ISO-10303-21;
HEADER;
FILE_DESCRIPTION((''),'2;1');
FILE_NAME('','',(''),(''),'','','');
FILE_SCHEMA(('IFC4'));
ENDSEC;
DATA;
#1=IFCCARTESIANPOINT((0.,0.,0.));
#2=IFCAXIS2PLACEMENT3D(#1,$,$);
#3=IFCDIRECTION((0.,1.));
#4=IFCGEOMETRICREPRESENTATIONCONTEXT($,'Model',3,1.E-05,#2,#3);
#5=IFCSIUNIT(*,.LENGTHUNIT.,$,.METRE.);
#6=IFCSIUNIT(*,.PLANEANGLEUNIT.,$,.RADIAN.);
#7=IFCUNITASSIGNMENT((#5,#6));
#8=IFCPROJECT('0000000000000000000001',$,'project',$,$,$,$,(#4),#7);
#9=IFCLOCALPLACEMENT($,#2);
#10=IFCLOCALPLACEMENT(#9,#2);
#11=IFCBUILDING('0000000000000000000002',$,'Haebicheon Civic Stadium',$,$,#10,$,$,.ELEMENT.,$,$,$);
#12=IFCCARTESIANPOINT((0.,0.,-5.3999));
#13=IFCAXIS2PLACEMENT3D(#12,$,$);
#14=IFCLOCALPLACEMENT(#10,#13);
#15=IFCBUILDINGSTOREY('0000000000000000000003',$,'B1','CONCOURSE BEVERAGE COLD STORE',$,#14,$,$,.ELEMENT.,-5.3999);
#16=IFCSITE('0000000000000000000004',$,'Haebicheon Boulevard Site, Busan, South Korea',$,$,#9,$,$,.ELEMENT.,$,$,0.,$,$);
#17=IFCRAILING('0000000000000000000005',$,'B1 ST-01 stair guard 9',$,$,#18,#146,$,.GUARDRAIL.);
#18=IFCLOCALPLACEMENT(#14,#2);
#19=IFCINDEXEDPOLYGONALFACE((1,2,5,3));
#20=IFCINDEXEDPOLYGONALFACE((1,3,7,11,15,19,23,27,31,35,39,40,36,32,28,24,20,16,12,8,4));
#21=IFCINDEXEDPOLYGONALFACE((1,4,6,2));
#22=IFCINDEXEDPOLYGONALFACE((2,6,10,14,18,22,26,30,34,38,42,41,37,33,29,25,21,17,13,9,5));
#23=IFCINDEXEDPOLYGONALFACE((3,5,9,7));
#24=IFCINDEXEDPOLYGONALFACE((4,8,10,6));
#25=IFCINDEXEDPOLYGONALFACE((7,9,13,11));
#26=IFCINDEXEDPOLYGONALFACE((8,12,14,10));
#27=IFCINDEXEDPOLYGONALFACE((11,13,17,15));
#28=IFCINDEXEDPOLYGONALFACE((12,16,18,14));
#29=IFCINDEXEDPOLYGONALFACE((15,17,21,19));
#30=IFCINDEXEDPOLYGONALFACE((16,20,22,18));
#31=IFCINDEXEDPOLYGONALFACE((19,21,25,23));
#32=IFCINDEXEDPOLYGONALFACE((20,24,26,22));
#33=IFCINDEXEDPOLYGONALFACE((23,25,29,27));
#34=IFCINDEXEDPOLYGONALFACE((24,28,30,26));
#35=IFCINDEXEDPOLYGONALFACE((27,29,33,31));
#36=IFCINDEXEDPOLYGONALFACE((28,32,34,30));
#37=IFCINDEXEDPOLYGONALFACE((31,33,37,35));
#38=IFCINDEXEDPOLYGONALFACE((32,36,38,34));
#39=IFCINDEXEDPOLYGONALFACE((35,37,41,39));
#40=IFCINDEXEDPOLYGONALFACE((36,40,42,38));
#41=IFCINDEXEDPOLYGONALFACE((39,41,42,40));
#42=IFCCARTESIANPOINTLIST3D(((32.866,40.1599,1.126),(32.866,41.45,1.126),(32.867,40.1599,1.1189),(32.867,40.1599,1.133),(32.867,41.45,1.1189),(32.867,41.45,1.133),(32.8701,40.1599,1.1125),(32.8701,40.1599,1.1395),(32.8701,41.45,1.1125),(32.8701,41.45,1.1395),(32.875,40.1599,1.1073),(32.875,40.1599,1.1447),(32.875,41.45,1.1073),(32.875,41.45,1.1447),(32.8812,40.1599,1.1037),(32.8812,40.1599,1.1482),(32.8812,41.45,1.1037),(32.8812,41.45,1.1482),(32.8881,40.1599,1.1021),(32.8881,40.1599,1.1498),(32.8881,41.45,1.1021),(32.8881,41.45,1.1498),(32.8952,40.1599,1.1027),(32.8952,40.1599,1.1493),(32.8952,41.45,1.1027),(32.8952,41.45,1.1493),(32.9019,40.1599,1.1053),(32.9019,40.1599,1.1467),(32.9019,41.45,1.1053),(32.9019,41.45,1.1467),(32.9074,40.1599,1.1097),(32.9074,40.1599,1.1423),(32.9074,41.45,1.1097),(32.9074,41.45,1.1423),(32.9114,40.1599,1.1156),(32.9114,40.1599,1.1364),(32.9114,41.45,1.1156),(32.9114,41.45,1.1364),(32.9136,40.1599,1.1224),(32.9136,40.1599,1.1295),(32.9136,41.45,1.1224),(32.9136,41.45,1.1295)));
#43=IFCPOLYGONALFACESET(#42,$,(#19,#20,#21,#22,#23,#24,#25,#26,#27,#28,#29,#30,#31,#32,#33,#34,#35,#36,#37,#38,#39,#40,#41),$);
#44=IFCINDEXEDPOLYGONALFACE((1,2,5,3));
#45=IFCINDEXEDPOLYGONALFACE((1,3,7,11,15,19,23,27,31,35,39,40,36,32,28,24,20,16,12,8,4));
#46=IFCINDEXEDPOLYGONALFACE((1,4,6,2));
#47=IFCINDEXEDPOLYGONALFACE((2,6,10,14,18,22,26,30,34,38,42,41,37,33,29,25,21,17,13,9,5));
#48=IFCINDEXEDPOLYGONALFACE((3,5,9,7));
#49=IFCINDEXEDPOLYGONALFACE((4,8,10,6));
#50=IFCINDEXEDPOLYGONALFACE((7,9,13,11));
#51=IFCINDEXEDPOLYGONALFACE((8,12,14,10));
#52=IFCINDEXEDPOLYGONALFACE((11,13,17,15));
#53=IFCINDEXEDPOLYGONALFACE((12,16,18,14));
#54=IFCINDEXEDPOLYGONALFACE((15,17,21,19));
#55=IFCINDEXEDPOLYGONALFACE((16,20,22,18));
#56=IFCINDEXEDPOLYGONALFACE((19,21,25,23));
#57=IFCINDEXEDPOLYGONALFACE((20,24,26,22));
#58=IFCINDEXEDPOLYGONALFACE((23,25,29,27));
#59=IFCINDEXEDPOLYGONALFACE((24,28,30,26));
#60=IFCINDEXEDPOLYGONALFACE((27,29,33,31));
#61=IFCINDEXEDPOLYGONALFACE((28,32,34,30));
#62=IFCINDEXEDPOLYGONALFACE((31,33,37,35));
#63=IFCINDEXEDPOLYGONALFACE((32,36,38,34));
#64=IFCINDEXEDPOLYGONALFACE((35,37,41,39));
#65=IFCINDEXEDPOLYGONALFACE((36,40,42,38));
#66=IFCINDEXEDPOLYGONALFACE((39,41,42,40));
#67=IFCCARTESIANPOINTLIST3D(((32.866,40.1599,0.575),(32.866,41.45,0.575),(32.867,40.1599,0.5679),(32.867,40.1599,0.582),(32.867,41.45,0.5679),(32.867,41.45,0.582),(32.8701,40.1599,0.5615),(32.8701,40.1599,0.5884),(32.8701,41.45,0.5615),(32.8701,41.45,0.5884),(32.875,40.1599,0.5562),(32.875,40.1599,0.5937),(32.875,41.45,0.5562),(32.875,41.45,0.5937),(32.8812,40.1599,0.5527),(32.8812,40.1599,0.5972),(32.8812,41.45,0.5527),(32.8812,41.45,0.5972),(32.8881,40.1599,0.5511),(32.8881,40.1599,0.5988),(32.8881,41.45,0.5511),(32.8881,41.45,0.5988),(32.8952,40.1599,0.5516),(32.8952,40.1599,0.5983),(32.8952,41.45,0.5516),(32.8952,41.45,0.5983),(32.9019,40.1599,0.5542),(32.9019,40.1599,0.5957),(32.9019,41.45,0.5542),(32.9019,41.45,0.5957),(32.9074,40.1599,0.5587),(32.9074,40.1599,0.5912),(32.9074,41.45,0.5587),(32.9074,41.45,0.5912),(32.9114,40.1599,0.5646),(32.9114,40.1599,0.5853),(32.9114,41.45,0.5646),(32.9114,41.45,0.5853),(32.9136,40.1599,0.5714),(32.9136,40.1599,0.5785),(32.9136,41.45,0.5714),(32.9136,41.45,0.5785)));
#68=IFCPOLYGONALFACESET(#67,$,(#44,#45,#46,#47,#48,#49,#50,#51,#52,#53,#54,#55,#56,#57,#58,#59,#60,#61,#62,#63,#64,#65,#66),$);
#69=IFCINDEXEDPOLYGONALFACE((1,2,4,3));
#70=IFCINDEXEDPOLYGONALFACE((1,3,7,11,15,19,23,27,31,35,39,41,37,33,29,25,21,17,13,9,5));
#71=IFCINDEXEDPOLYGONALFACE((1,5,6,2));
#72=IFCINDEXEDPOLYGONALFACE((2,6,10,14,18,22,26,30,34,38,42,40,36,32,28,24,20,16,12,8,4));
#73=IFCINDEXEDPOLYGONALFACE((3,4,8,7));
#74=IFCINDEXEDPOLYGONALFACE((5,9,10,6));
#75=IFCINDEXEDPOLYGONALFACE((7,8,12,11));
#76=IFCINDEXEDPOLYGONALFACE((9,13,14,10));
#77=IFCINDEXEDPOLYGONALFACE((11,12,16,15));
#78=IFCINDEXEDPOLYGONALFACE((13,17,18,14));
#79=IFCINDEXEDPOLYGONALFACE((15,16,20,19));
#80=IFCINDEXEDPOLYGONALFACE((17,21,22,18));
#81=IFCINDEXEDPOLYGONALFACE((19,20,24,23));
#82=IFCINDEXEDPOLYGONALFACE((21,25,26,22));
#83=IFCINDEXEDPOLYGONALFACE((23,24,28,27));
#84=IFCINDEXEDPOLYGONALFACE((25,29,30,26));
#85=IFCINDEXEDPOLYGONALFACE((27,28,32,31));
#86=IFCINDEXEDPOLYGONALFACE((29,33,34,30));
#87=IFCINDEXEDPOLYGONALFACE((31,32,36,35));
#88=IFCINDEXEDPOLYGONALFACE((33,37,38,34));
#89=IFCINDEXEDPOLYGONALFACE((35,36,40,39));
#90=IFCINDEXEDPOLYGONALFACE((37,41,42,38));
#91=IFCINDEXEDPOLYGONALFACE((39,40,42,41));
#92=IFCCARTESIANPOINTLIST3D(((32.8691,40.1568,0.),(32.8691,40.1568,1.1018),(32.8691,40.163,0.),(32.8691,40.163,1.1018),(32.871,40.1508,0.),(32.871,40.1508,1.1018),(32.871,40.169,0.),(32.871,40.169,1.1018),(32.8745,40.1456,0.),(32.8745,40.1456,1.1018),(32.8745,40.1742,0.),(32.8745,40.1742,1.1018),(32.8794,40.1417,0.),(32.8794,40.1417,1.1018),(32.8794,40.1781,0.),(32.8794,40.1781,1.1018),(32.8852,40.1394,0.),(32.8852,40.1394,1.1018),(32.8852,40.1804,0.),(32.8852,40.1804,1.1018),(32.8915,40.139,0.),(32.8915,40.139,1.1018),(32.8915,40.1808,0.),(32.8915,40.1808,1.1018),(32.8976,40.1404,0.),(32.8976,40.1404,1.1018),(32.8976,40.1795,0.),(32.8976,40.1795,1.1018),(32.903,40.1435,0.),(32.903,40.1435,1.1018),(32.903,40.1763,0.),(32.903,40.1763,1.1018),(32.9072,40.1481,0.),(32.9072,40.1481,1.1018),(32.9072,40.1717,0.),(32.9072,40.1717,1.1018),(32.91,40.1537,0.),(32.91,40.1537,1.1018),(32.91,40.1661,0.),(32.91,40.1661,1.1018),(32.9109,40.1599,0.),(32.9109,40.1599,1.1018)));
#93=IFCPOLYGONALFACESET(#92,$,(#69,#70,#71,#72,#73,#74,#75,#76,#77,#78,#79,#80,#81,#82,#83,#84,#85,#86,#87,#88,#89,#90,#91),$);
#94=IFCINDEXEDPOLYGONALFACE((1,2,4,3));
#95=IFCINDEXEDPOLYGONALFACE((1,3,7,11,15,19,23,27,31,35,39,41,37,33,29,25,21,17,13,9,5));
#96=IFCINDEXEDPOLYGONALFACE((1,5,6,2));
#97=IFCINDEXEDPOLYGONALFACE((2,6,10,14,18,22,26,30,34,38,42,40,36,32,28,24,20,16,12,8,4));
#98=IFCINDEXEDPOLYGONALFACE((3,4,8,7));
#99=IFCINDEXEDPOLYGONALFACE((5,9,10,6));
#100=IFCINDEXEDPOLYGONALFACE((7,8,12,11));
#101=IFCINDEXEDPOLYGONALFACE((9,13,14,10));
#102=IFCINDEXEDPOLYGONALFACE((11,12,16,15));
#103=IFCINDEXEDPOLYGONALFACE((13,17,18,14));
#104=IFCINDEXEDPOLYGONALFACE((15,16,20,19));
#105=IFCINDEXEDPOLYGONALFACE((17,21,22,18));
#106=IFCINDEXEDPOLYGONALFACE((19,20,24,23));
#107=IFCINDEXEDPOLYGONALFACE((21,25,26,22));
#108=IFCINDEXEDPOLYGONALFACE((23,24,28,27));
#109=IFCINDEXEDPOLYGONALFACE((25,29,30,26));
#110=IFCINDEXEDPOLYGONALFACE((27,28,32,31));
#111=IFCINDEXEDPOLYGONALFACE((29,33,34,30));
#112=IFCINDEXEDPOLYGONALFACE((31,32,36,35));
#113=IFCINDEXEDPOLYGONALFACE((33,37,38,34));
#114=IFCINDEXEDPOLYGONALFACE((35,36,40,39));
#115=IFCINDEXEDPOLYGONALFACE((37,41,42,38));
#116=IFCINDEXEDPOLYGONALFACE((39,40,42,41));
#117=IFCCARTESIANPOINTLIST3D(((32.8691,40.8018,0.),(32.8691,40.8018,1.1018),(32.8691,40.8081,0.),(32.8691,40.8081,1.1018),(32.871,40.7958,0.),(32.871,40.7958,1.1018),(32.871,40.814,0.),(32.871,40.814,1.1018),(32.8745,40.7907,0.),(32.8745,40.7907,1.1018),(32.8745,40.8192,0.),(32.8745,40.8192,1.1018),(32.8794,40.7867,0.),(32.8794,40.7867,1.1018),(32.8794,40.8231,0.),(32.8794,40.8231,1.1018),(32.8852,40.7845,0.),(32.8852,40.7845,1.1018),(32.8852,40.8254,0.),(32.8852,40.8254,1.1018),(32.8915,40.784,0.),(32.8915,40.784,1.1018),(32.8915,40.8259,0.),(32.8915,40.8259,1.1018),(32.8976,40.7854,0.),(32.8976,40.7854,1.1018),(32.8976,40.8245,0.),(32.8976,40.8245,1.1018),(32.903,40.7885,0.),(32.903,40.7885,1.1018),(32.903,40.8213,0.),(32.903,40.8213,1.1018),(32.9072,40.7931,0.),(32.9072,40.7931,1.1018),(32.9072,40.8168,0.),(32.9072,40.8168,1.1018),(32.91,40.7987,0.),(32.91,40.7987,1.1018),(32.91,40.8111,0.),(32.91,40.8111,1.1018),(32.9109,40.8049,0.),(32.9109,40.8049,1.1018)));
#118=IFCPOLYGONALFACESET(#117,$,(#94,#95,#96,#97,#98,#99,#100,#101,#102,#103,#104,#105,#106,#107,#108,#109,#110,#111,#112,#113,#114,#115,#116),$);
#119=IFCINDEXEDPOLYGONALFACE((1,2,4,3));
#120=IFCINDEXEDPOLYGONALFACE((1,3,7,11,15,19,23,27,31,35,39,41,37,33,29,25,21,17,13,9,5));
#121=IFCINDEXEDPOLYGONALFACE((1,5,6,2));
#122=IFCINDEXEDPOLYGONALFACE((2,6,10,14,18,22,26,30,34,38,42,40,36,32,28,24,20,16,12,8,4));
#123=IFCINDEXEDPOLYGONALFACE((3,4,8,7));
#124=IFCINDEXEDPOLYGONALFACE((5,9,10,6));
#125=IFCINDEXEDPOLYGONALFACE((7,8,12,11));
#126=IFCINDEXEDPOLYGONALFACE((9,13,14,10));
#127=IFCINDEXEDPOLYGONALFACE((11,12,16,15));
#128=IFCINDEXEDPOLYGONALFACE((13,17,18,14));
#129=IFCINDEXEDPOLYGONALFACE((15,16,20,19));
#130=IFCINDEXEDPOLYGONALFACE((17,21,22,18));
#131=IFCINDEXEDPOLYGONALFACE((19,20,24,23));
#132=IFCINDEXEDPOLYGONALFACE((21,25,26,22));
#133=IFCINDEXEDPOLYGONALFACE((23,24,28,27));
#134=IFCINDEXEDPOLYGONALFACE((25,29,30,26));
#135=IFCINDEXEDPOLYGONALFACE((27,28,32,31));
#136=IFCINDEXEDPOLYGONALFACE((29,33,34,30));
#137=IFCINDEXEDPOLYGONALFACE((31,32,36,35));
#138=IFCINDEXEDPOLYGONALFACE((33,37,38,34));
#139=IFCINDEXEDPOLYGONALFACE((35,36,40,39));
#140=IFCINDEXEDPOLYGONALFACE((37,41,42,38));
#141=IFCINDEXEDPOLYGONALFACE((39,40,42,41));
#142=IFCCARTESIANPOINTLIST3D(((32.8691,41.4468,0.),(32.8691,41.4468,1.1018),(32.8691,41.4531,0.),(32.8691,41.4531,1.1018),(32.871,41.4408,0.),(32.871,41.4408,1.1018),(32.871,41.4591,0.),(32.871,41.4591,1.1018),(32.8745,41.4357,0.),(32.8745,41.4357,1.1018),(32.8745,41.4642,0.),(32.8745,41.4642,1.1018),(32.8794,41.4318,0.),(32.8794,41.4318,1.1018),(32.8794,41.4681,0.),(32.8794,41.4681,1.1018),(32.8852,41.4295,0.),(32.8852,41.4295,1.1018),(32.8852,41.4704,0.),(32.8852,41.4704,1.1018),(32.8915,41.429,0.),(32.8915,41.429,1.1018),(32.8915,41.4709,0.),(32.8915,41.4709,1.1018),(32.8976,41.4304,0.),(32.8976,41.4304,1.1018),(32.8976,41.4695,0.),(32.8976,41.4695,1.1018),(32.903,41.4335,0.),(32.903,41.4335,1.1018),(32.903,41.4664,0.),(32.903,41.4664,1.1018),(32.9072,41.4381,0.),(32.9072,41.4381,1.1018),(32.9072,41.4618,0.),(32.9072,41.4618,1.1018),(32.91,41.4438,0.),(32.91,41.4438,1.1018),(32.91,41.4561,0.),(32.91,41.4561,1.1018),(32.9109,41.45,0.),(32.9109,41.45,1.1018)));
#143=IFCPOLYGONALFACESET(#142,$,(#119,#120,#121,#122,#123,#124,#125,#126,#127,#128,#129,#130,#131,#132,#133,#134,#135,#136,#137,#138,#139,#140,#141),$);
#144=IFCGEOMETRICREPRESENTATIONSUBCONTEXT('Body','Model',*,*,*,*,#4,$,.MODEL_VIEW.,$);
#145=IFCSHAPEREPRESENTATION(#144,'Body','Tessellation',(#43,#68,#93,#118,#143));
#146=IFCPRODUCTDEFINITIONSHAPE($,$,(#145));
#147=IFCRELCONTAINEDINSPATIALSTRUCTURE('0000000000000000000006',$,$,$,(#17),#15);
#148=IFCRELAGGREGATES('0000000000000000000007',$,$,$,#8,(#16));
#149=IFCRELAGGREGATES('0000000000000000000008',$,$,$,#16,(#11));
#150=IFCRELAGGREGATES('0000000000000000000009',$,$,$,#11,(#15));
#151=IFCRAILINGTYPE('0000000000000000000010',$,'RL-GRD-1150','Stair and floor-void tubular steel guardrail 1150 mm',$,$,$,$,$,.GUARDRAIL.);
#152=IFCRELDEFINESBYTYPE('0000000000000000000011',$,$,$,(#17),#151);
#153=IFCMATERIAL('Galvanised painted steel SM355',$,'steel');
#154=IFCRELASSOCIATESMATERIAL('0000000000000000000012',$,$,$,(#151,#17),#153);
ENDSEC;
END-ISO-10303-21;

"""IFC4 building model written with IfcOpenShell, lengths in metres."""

from ifc_helpers import new_model, si_unit, direction, frame, origin, origin_2d, place, context, subcontext, project, spatial, circle, extrude, material, type_object, element, save


model = new_model("IFC4")

# Units and contexts
model_context = context("Model", 3, precision=1e-05, world=origin(), true_north=direction((0.0, 1.0)))
body_context = subcontext(model_context, "Body", "Model", "MODEL_VIEW")
ifc_project = project(units=[si_unit("LENGTHUNIT", "METRE"), si_unit("PLANEANGLEUNIT", "RADIAN")], contexts=[model_context])

# Site, building, storey
site_placement = place(None, origin())
site = spatial("IfcSite", under=ifc_project, at=site_placement, Name="Haebicheon Boulevard Site, Busan, South Korea", CompositionType="ELEMENT", RefElevation=0.0)
building_placement = place(site_placement, origin())
building = spatial("IfcBuilding", under=site, at=building_placement, Name="Haebicheon Civic Stadium", CompositionType="ELEMENT")
storey_placement = place(building_placement, frame((0.0, 0.0, -5.3999)))
storey = spatial("IfcBuildingStorey", under=building, at=storey_placement, Name="B1", Description="CONCOURSE BEVERAGE COLD STORE", CompositionType="ELEMENT", Elevation=-5.3999)

# Railing
ifc_material_1 = material(Name="Galvanised painted steel SM355", Category="steel")
railing_type = type_object("IfcRailingType", Name="RL-GRD-1150", Description="Stair and floor-void tubular steel guardrail 1150 mm", PredefinedType="GUARDRAIL", material=ifc_material_1)
for number, where, name in (
    (1, (32.8899, 40.1599, 0.0), "B1 ST-01 stair guard 9"),
):
    element("IfcRailing", number, at=place(storey_placement, frame(where)), inside=storey, type_object=railing_type, material=ifc_material_1, Name=name, PredefinedType="GUARDRAIL", context=body_context, shape_type="SweptSolid", body=[
        extrude(circle(Radius=0.0239, at=origin_2d()), frame((0.0, 0.0, 1.126), z_axis=(0.0, 1.0, 0.0), x_axis=(-1.0, 0.0, 0.0)), (0.0, 0.0, 1.0), 1.29),
        extrude(circle(Radius=0.0239, at=origin_2d()), frame((0.0, 0.0, 0.575), z_axis=(0.0, 1.0, 0.0), x_axis=(-1.0, 0.0, 0.0)), (0.0, 0.0, 1.0), 1.29),
        extrude(circle(Radius=0.021, at=origin_2d()), origin(), (0.0, 0.0, 1.0), 1.1018),
        extrude(circle(Radius=0.021, at=origin_2d()), frame((0.0, 0.645, 0.0)), (0.0, 0.0, 1.0), 1.1018),
        extrude(circle(Radius=0.021, at=origin_2d()), frame((0.0, 1.29, 0.0)), (0.0, 0.0, 1.0), 1.1018),
    ])

save(model, "model.ifc")
